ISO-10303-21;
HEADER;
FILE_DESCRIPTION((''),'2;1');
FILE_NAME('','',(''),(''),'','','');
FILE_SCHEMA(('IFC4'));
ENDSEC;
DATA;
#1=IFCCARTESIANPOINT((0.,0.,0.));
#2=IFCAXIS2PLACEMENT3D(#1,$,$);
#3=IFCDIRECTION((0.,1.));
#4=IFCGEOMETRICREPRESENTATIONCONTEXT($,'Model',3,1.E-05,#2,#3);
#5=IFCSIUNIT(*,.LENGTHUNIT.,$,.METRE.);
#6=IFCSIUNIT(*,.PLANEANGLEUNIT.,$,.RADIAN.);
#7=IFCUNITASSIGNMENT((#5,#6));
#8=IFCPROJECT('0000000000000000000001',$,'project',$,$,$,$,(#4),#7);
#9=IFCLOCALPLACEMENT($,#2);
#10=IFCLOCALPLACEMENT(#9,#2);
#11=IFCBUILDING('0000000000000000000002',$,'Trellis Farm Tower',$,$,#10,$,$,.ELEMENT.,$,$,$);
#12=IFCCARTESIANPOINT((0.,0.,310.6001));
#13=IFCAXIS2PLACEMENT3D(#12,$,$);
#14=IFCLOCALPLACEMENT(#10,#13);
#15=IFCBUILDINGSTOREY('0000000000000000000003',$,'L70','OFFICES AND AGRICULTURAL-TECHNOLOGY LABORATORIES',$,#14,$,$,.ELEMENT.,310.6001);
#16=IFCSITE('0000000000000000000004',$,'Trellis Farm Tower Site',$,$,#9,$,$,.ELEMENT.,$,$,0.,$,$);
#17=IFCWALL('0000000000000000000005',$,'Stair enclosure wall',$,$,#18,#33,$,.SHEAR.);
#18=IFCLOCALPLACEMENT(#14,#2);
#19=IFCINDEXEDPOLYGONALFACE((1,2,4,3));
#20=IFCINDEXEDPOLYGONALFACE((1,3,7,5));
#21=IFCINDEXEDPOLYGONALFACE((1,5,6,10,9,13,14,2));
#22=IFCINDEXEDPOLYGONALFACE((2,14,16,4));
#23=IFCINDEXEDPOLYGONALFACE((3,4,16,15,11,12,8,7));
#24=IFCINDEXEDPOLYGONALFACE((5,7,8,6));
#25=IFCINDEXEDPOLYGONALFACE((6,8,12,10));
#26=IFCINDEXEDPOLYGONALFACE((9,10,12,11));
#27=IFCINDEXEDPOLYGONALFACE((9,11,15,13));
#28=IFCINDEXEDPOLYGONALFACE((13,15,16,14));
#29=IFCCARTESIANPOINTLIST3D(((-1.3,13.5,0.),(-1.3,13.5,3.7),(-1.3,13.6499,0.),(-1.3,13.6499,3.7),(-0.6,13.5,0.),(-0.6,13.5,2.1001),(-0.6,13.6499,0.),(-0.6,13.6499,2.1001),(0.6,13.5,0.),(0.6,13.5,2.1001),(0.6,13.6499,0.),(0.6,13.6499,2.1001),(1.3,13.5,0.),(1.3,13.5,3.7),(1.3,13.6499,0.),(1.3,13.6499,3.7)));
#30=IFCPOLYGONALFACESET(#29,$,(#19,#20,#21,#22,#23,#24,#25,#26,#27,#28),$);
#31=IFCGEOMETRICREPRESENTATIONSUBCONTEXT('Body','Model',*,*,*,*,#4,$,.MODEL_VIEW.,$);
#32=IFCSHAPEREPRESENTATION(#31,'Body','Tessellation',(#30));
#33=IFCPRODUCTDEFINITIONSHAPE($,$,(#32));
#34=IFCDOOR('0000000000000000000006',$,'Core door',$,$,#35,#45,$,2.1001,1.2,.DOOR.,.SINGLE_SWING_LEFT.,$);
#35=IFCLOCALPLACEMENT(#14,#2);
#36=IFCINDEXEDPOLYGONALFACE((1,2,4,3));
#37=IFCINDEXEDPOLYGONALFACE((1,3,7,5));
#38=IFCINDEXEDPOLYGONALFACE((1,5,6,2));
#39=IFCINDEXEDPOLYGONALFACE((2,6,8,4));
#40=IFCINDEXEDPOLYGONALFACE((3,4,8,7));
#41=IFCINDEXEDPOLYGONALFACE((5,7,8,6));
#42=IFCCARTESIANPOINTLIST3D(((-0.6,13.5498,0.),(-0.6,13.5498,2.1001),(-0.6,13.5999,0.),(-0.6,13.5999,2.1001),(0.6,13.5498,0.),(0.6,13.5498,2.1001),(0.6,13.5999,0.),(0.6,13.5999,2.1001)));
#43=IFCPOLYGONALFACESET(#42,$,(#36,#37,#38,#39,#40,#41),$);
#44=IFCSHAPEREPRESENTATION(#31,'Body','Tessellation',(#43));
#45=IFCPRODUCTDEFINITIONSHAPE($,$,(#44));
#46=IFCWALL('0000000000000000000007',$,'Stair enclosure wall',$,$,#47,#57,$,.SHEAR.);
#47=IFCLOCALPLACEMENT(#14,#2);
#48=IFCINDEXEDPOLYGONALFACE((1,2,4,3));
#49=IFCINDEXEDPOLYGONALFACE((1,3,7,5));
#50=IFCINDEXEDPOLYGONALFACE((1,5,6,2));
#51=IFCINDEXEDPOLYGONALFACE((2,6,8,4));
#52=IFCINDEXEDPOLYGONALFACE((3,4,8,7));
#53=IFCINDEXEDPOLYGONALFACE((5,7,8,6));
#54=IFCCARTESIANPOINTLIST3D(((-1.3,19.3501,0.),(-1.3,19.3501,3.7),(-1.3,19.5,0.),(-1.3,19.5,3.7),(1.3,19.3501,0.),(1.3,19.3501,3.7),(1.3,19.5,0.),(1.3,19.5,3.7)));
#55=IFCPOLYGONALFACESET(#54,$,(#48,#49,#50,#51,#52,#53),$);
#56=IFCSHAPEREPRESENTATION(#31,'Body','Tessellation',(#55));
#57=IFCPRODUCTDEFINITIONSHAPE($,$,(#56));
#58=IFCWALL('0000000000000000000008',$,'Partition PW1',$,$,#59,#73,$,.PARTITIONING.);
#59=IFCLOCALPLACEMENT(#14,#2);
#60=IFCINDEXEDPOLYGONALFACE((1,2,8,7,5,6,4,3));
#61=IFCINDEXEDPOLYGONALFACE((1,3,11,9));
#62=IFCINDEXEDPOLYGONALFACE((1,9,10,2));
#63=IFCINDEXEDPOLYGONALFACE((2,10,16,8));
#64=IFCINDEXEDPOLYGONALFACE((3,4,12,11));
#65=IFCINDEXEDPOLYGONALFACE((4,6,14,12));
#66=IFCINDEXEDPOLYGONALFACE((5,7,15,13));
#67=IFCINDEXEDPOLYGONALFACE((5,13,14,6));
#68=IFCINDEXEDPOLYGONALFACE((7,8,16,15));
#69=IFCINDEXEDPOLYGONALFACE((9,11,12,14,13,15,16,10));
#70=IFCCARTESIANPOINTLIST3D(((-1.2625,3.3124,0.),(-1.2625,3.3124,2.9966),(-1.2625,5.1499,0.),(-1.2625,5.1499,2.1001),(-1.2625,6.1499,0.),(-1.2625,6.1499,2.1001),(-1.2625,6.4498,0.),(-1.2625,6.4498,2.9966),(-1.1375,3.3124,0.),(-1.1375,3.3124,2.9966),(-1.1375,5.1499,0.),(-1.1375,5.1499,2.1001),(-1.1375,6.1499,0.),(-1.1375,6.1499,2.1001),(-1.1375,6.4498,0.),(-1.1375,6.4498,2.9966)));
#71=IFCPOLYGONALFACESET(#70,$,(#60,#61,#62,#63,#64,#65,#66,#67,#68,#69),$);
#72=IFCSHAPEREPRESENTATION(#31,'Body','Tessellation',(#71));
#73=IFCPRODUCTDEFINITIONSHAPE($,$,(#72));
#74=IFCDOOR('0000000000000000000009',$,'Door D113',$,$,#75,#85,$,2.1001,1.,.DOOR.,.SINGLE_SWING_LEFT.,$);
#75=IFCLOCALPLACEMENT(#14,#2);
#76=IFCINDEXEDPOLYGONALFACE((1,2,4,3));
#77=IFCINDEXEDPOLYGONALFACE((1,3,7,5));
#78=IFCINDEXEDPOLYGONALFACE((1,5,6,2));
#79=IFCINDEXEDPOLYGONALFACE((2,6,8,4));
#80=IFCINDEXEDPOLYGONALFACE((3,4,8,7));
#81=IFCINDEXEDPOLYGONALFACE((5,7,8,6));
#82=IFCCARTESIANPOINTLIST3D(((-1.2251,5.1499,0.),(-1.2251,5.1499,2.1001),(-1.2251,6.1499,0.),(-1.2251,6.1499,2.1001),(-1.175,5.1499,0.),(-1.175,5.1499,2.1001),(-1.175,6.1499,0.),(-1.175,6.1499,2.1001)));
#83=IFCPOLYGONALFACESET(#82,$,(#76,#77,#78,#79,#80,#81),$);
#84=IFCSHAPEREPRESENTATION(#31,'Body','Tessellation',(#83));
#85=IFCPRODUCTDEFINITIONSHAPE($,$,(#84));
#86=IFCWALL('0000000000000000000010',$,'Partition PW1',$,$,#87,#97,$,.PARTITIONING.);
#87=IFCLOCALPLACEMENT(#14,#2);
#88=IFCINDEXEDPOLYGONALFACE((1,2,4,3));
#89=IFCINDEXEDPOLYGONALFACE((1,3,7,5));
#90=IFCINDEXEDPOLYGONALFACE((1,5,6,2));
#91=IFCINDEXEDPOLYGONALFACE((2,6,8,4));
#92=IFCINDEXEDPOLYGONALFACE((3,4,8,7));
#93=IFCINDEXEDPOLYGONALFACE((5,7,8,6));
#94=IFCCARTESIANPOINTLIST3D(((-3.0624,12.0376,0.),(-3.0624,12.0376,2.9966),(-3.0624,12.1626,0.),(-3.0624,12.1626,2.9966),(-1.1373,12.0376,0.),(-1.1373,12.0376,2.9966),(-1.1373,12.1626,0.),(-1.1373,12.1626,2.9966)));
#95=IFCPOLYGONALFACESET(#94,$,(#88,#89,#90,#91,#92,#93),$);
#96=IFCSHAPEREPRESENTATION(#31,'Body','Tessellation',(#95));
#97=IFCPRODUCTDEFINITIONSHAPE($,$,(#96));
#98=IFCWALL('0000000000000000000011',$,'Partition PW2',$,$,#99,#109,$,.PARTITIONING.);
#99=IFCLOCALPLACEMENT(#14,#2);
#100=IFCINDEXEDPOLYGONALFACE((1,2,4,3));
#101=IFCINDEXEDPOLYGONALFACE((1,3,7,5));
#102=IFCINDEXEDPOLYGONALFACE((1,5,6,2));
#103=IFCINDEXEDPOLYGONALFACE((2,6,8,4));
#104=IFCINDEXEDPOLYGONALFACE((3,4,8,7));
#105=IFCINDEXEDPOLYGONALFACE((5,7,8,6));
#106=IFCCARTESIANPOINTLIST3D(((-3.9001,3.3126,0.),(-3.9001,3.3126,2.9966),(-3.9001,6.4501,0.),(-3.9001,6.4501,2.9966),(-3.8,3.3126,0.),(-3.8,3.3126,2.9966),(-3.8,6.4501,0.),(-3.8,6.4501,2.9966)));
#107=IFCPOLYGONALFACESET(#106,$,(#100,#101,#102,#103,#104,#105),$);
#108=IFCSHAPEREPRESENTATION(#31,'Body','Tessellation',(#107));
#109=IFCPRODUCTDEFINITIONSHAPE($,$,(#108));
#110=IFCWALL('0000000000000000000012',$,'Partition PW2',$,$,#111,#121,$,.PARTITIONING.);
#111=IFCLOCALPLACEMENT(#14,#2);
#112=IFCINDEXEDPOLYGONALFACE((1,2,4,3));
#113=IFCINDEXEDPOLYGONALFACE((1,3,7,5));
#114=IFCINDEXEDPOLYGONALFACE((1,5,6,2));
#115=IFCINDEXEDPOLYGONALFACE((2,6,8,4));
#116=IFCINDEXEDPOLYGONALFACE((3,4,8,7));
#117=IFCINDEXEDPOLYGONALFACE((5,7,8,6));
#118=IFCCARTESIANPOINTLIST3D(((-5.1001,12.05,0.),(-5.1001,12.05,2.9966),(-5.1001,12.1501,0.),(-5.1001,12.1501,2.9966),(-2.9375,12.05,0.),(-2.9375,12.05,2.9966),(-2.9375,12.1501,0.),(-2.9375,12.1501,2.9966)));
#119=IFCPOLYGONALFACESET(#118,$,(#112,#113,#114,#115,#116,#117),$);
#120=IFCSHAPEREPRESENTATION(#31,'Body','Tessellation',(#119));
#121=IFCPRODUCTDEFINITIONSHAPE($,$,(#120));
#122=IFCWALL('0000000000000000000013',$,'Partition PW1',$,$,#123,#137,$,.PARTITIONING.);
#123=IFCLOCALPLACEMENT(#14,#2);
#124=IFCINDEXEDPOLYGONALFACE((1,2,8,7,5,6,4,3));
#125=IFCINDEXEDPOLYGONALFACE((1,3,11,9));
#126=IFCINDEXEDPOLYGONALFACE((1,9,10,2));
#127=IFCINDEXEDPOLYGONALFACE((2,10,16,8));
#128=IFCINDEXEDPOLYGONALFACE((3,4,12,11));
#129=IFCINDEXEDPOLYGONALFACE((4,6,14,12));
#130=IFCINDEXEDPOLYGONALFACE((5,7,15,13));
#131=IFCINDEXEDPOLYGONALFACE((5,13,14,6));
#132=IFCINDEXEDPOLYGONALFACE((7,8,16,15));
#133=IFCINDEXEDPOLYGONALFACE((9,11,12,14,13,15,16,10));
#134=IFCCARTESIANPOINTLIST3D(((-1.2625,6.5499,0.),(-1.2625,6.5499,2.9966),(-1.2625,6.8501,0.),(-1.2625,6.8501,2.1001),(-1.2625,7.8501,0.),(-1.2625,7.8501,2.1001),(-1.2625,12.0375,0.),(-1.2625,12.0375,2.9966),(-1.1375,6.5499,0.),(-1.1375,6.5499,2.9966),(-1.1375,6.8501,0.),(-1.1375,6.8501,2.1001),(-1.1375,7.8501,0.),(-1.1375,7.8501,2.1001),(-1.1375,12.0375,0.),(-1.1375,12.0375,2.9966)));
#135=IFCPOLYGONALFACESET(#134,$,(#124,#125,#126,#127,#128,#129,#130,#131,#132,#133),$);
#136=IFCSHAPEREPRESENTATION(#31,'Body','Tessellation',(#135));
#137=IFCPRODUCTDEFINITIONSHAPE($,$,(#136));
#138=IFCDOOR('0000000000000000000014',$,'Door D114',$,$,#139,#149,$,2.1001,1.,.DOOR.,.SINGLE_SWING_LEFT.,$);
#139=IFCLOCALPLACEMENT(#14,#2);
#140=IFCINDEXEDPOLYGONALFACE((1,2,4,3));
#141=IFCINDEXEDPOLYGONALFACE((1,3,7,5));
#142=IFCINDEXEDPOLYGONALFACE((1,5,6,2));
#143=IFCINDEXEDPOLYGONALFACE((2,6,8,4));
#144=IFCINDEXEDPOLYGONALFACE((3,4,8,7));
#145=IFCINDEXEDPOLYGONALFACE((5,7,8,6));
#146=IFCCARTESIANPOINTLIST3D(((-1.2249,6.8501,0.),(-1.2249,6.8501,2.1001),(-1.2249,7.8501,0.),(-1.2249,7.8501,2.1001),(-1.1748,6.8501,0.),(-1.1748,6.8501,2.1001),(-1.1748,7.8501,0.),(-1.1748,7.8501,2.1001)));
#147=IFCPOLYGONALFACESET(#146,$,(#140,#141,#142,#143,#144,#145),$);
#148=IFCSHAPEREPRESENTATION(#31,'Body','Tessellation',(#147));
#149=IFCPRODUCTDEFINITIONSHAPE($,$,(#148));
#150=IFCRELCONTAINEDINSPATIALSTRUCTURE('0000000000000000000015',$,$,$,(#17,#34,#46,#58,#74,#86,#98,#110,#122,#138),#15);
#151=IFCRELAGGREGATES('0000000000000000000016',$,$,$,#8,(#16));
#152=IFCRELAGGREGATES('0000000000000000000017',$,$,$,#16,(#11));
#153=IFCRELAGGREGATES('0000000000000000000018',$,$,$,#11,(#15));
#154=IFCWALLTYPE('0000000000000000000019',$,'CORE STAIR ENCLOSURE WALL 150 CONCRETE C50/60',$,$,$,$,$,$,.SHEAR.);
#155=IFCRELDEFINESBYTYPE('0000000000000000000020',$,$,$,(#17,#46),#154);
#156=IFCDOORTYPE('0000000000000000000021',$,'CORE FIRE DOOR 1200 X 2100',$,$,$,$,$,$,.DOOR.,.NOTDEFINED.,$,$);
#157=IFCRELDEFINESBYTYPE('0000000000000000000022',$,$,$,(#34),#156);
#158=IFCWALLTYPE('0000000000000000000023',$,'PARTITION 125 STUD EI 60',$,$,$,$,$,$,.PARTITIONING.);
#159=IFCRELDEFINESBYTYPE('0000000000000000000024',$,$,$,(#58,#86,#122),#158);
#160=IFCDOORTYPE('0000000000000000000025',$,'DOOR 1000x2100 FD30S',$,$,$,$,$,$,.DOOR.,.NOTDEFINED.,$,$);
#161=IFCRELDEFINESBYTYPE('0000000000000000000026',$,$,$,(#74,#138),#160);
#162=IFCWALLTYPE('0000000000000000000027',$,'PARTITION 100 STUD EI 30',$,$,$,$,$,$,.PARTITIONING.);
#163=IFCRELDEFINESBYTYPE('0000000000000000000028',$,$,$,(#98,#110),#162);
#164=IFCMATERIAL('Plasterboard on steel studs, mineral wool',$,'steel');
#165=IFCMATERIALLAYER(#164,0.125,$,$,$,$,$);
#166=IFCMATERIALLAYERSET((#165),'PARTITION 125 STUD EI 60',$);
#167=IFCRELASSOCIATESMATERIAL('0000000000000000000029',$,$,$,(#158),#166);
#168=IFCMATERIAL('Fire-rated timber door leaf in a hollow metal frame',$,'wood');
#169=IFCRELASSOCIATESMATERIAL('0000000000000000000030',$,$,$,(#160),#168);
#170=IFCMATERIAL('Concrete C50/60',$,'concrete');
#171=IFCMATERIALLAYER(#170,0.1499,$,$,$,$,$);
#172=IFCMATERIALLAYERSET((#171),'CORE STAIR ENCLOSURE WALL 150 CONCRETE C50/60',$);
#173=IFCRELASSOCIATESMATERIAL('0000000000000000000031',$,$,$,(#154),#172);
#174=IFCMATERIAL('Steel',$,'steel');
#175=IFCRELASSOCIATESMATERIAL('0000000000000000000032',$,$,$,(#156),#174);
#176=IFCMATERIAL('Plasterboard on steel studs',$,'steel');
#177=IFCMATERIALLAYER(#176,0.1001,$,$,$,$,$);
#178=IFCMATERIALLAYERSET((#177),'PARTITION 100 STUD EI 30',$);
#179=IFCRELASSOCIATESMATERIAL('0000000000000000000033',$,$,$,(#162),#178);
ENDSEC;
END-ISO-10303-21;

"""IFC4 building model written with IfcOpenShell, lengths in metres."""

from ifc_helpers import new_model, si_unit, direction, frame, frame_2d, origin, place, context, subcontext, project, spatial, rectangle, extrude, source, transform, mapped, material, layer, layer_set, type_object, element, fill, save


model = new_model("IFC4")

# Units and contexts
model_context = context("Model", 3, precision=1e-05, world=origin(), true_north=direction((0.0, 1.0)))
body_context = subcontext(model_context, "Body", "Model", "MODEL_VIEW")
ifc_project = project(units=[si_unit("LENGTHUNIT", "METRE"), si_unit("PLANEANGLEUNIT", "RADIAN")], contexts=[model_context])

# Site, building, storey
site_placement = place(None, origin())
site = spatial("IfcSite", under=ifc_project, at=site_placement, Name="Trellis Farm Tower Site", CompositionType="ELEMENT", RefElevation=0.0)
building_placement = place(site_placement, origin())
building = spatial("IfcBuilding", under=site, at=building_placement, Name="Trellis Farm Tower", CompositionType="ELEMENT")
storey_placement = place(building_placement, frame((0.0, 0.0, 310.6001)))
storey = spatial("IfcBuildingStorey", under=building, at=storey_placement, Name="L70", Description="OFFICES AND AGRICULTURAL-TECHNOLOGY LABORATORIES", CompositionType="ELEMENT", Elevation=310.6001)

# Shared definitions
ifc_material_1 = material(Name="Plasterboard on steel studs, mineral wool", Category="steel")
ifc_layer_1 = layer(ifc_material_1, 0.125)
ifc_layer_set_1 = layer_set([ifc_layer_1], Name="PARTITION 125 STUD EI 60")
wall_type_1 = type_object("IfcWallType", Name="PARTITION 125 STUD EI 60", PredefinedType="PARTITIONING", material=ifc_layer_set_1)
shared_shape_1 = source(origin(), body_context, "Body", "SweptSolid", [
    extrude(rectangle(XDim=1.0, YDim=2.1001, at=frame_2d((0.5, 1.05))), frame((0.0, 0.0725, 0.0), z_axis=(0.0, -1.0, 0.0), x_axis=(1.0, 0.0, 0.0)), (0.0, 0.0, 1.0), 0.145),
])
ifc_material_2 = material(Name="Fire-rated timber door leaf in a hollow metal frame", Category="wood")
door_type_1 = type_object("IfcDoorType", Name="DOOR 1000x2100 FD30S", OperationType="NOTDEFINED", PredefinedType="DOOR", material=ifc_material_2)
shared_shape_2 = source(origin(), body_context, "Body", "SweptSolid", [
    extrude(rectangle(XDim=1.0, YDim=2.1001, at=frame_2d((0.5, 1.05))), frame((0.0, 0.0249, 0.0), z_axis=(0.0, -1.0, 0.0), x_axis=(1.0, 0.0, 0.0)), (0.0, 0.0, 1.0), 0.05),
])

# Shared definitions
ifc_material_3 = material(Name="Concrete C50/60", Category="concrete")

# Wall, opening, door
ifc_layer_2 = layer(ifc_material_3, 0.1499)
ifc_layer_set_2 = layer_set([ifc_layer_2], Name="CORE STAIR ENCLOSURE WALL 150 CONCRETE C50/60")
wall_type_2 = type_object("IfcWallType", Name="CORE STAIR ENCLOSURE WALL 150 CONCRETE C50/60", PredefinedType="SHEAR", material=ifc_layer_set_2)
shared_shape_3 = source(origin(), body_context, "Body", "SweptSolid", [
    extrude(rectangle(XDim=2.6001, YDim=0.1499, at=frame_2d((1.3, 0.0))), origin(), (0.0, 0.0, 1.0), 3.7),
])
wall_1_placement = place(storey_placement, frame((-1.3, 13.575, 0.0), z_axis=(0.0, 0.0, 1.0), x_axis=(1.0, 0.0, 0.0)))
wall_1 = element("IfcWall", 1, at=wall_1_placement, inside=storey, type_object=wall_type_2, Name="Stair enclosure wall", PredefinedType="SHEAR", context=body_context, shape_type="MappedRepresentation", body=[
    mapped(shared_shape_3, transform((0.0, 0.0, 0.0))),
])
shared_shape_4 = source(origin(), body_context, "Body", "SweptSolid", [
    extrude(rectangle(XDim=1.2, YDim=2.1001, at=frame_2d((0.6001, 1.05))), frame((0.0, 0.085, 0.0), z_axis=(0.0, -1.0, 0.0), x_axis=(1.0, 0.0, 0.0)), (0.0, 0.0, 1.0), 0.1699),
])
opening_1_placement = place(wall_1_placement, frame((0.7, 0.0, 0.0)))
opening_1 = element("IfcOpeningElement", 2, at=opening_1_placement, cuts=wall_1, PredefinedType="OPENING", context=body_context, shape_type="MappedRepresentation", body=[
    mapped(shared_shape_4, transform((0.0, 0.0, 0.0))),
])
ifc_material_4 = material(Name="Steel", Category="steel")
door_type_2 = type_object("IfcDoorType", Name="CORE FIRE DOOR 1200 X 2100", OperationType="NOTDEFINED", PredefinedType="DOOR", material=ifc_material_4)
shared_shape_5 = source(origin(), body_context, "Body", "SweptSolid", [
    extrude(rectangle(XDim=1.2, YDim=2.1001, at=frame_2d((0.6001, 1.05))), frame((0.0, 0.0249, 0.0), z_axis=(0.0, -1.0, 0.0), x_axis=(1.0, 0.0, 0.0)), (0.0, 0.0, 1.0), 0.05),
])
door_1_placement = place(opening_1_placement, origin())
door_1 = element("IfcDoor", 3, at=door_1_placement, inside=storey, type_object=door_type_2, Name="Core door", OperationType="SINGLE_SWING_LEFT", OverallHeight=2.1001, OverallWidth=1.2, PredefinedType="DOOR", context=body_context, shape_type="MappedRepresentation", body=[
    mapped(shared_shape_5, transform((0.0, 0.0, 0.0))),
])
fill(opening_1, door_1)

# Wall
wall_2_placement = place(storey_placement, frame((-1.3, 19.425, 0.0), z_axis=(0.0, 0.0, 1.0), x_axis=(1.0, 0.0, 0.0)))
element("IfcWall", 4, at=wall_2_placement, inside=storey, type_object=wall_type_2, Name="Stair enclosure wall", PredefinedType="SHEAR", context=body_context, shape_type="MappedRepresentation", body=[
    mapped(shared_shape_3, transform((0.0, 0.0, 0.0))),
])

# Wall, opening, door
shared_shape_6 = source(origin(), body_context, "Body", "SweptSolid", [
    extrude(rectangle(XDim=3.1375, YDim=0.125, at=frame_2d((1.5688, 0.0))), origin(), (0.0, 0.0, 1.0), 2.9966),
])
wall_3_placement = place(storey_placement, frame((-1.2, 6.45, 0.0), z_axis=(0.0, 0.0, 1.0), x_axis=(0.0, -1.0, 0.0)))
wall_3 = element("IfcWall", 5, at=wall_3_placement, inside=storey, type_object=wall_type_1, Name="Partition PW1", PredefinedType="PARTITIONING", context=body_context, shape_type="MappedRepresentation", body=[
    mapped(shared_shape_6, transform((0.0, 0.0, 0.0))),
])
opening_2_placement = place(wall_3_placement, frame((0.3, 0.0, 0.0)))
opening_2 = element("IfcOpeningElement", 6, at=opening_2_placement, cuts=wall_3, PredefinedType="OPENING", context=body_context, shape_type="MappedRepresentation", body=[
    mapped(shared_shape_1, transform((0.0, 0.0, 0.0))),
])
door_2_placement = place(opening_2_placement, origin())
door_2 = element("IfcDoor", 7, at=door_2_placement, inside=storey, type_object=door_type_1, Name="Door D113", OperationType="SINGLE_SWING_LEFT", OverallHeight=2.1001, OverallWidth=1.0, PredefinedType="DOOR", context=body_context, shape_type="MappedRepresentation", body=[
    mapped(shared_shape_2, transform((0.0, 0.0, 0.0))),
])
fill(opening_2, door_2)

# Walls
shared_shape_7 = source(origin(), body_context, "Body", "SweptSolid", [
    extrude(rectangle(XDim=1.925, YDim=0.125, at=frame_2d((0.9624, 0.0))), origin(), (0.0, 0.0, 1.0), 2.9966),
])
wall_4_placement = place(storey_placement, frame((-1.1375, 12.1001, 0.0), z_axis=(0.0, 0.0, 1.0), x_axis=(-1.0, 0.0, 0.0)))
element("IfcWall", 8, at=wall_4_placement, inside=storey, type_object=wall_type_1, Name="Partition PW1", PredefinedType="PARTITIONING", context=body_context, shape_type="MappedRepresentation", body=[
    mapped(shared_shape_7, transform((0.0, 0.0, 0.0))),
])
ifc_material_5 = material(Name="Plasterboard on steel studs", Category="steel")
ifc_layer_3 = layer(ifc_material_5, 0.1001)
ifc_layer_set_3 = layer_set([ifc_layer_3], Name="PARTITION 100 STUD EI 30")
wall_type_3 = type_object("IfcWallType", Name="PARTITION 100 STUD EI 30", PredefinedType="PARTITIONING", material=ifc_layer_set_3)
shared_shape_8 = source(origin(), body_context, "Body", "SweptSolid", [
    extrude(rectangle(XDim=3.1375, YDim=0.1001, at=frame_2d((1.5688, 0.0))), origin(), (0.0, 0.0, 1.0), 2.9966),
])
wall_5_placement = place(storey_placement, frame((-3.8501, 3.3125, 0.0), z_axis=(0.0, 0.0, 1.0), x_axis=(0.0, 1.0, 0.0)))
element("IfcWall", 9, at=wall_5_placement, inside=storey, type_object=wall_type_3, Name="Partition PW2", PredefinedType="PARTITIONING", context=body_context, shape_type="MappedRepresentation", body=[
    mapped(shared_shape_8, transform((0.0, 0.0, 0.0))),
])
shared_shape_9 = source(origin(), body_context, "Body", "SweptSolid", [
    extrude(rectangle(XDim=2.1626, YDim=0.1001, at=frame_2d((1.0813, 0.0))), origin(), (0.0, 0.0, 1.0), 2.9966),
])
wall_6_placement = place(storey_placement, frame((-5.1001, 12.1001, 0.0), z_axis=(0.0, 0.0, 1.0), x_axis=(1.0, 0.0, 0.0)))
element("IfcWall", 10, at=wall_6_placement, inside=storey, type_object=wall_type_3, Name="Partition PW2", PredefinedType="PARTITIONING", context=body_context, shape_type="MappedRepresentation", body=[
    mapped(shared_shape_9, transform((0.0, 0.0, 0.0))),
])

# Wall, opening, door
shared_shape_10 = source(origin(), body_context, "Body", "SweptSolid", [
    extrude(rectangle(XDim=5.4875, YDim=0.125, at=frame_2d((2.7437, 0.0))), origin(), (0.0, 0.0, 1.0), 2.9966),
])
wall_7_placement = place(storey_placement, frame((-1.2, 6.55, 0.0), z_axis=(0.0, 0.0, 1.0), x_axis=(0.0, 1.0, 0.0)))
wall_7 = element("IfcWall", 11, at=wall_7_placement, inside=storey, type_object=wall_type_1, Name="Partition PW1", PredefinedType="PARTITIONING", context=body_context, shape_type="MappedRepresentation", body=[
    mapped(shared_shape_10, transform((0.0, 0.0, 0.0))),
])
opening_3_placement = place(wall_7_placement, frame((0.3, 0.0, 0.0)))
opening_3 = element("IfcOpeningElement", 12, at=opening_3_placement, cuts=wall_7, PredefinedType="OPENING", context=body_context, shape_type="MappedRepresentation", body=[
    mapped(shared_shape_1, transform((0.0, 0.0, 0.0))),
])
door_3_placement = place(opening_3_placement, origin())
door_3 = element("IfcDoor", 13, at=door_3_placement, inside=storey, type_object=door_type_1, Name="Door D114", OperationType="SINGLE_SWING_LEFT", OverallHeight=2.1001, OverallWidth=1.0, PredefinedType="DOOR", context=body_context, shape_type="MappedRepresentation", body=[
    mapped(shared_shape_2, transform((0.0, 0.0, 0.0))),
])
fill(opening_3, door_3)

save(model, "model.ifc")
